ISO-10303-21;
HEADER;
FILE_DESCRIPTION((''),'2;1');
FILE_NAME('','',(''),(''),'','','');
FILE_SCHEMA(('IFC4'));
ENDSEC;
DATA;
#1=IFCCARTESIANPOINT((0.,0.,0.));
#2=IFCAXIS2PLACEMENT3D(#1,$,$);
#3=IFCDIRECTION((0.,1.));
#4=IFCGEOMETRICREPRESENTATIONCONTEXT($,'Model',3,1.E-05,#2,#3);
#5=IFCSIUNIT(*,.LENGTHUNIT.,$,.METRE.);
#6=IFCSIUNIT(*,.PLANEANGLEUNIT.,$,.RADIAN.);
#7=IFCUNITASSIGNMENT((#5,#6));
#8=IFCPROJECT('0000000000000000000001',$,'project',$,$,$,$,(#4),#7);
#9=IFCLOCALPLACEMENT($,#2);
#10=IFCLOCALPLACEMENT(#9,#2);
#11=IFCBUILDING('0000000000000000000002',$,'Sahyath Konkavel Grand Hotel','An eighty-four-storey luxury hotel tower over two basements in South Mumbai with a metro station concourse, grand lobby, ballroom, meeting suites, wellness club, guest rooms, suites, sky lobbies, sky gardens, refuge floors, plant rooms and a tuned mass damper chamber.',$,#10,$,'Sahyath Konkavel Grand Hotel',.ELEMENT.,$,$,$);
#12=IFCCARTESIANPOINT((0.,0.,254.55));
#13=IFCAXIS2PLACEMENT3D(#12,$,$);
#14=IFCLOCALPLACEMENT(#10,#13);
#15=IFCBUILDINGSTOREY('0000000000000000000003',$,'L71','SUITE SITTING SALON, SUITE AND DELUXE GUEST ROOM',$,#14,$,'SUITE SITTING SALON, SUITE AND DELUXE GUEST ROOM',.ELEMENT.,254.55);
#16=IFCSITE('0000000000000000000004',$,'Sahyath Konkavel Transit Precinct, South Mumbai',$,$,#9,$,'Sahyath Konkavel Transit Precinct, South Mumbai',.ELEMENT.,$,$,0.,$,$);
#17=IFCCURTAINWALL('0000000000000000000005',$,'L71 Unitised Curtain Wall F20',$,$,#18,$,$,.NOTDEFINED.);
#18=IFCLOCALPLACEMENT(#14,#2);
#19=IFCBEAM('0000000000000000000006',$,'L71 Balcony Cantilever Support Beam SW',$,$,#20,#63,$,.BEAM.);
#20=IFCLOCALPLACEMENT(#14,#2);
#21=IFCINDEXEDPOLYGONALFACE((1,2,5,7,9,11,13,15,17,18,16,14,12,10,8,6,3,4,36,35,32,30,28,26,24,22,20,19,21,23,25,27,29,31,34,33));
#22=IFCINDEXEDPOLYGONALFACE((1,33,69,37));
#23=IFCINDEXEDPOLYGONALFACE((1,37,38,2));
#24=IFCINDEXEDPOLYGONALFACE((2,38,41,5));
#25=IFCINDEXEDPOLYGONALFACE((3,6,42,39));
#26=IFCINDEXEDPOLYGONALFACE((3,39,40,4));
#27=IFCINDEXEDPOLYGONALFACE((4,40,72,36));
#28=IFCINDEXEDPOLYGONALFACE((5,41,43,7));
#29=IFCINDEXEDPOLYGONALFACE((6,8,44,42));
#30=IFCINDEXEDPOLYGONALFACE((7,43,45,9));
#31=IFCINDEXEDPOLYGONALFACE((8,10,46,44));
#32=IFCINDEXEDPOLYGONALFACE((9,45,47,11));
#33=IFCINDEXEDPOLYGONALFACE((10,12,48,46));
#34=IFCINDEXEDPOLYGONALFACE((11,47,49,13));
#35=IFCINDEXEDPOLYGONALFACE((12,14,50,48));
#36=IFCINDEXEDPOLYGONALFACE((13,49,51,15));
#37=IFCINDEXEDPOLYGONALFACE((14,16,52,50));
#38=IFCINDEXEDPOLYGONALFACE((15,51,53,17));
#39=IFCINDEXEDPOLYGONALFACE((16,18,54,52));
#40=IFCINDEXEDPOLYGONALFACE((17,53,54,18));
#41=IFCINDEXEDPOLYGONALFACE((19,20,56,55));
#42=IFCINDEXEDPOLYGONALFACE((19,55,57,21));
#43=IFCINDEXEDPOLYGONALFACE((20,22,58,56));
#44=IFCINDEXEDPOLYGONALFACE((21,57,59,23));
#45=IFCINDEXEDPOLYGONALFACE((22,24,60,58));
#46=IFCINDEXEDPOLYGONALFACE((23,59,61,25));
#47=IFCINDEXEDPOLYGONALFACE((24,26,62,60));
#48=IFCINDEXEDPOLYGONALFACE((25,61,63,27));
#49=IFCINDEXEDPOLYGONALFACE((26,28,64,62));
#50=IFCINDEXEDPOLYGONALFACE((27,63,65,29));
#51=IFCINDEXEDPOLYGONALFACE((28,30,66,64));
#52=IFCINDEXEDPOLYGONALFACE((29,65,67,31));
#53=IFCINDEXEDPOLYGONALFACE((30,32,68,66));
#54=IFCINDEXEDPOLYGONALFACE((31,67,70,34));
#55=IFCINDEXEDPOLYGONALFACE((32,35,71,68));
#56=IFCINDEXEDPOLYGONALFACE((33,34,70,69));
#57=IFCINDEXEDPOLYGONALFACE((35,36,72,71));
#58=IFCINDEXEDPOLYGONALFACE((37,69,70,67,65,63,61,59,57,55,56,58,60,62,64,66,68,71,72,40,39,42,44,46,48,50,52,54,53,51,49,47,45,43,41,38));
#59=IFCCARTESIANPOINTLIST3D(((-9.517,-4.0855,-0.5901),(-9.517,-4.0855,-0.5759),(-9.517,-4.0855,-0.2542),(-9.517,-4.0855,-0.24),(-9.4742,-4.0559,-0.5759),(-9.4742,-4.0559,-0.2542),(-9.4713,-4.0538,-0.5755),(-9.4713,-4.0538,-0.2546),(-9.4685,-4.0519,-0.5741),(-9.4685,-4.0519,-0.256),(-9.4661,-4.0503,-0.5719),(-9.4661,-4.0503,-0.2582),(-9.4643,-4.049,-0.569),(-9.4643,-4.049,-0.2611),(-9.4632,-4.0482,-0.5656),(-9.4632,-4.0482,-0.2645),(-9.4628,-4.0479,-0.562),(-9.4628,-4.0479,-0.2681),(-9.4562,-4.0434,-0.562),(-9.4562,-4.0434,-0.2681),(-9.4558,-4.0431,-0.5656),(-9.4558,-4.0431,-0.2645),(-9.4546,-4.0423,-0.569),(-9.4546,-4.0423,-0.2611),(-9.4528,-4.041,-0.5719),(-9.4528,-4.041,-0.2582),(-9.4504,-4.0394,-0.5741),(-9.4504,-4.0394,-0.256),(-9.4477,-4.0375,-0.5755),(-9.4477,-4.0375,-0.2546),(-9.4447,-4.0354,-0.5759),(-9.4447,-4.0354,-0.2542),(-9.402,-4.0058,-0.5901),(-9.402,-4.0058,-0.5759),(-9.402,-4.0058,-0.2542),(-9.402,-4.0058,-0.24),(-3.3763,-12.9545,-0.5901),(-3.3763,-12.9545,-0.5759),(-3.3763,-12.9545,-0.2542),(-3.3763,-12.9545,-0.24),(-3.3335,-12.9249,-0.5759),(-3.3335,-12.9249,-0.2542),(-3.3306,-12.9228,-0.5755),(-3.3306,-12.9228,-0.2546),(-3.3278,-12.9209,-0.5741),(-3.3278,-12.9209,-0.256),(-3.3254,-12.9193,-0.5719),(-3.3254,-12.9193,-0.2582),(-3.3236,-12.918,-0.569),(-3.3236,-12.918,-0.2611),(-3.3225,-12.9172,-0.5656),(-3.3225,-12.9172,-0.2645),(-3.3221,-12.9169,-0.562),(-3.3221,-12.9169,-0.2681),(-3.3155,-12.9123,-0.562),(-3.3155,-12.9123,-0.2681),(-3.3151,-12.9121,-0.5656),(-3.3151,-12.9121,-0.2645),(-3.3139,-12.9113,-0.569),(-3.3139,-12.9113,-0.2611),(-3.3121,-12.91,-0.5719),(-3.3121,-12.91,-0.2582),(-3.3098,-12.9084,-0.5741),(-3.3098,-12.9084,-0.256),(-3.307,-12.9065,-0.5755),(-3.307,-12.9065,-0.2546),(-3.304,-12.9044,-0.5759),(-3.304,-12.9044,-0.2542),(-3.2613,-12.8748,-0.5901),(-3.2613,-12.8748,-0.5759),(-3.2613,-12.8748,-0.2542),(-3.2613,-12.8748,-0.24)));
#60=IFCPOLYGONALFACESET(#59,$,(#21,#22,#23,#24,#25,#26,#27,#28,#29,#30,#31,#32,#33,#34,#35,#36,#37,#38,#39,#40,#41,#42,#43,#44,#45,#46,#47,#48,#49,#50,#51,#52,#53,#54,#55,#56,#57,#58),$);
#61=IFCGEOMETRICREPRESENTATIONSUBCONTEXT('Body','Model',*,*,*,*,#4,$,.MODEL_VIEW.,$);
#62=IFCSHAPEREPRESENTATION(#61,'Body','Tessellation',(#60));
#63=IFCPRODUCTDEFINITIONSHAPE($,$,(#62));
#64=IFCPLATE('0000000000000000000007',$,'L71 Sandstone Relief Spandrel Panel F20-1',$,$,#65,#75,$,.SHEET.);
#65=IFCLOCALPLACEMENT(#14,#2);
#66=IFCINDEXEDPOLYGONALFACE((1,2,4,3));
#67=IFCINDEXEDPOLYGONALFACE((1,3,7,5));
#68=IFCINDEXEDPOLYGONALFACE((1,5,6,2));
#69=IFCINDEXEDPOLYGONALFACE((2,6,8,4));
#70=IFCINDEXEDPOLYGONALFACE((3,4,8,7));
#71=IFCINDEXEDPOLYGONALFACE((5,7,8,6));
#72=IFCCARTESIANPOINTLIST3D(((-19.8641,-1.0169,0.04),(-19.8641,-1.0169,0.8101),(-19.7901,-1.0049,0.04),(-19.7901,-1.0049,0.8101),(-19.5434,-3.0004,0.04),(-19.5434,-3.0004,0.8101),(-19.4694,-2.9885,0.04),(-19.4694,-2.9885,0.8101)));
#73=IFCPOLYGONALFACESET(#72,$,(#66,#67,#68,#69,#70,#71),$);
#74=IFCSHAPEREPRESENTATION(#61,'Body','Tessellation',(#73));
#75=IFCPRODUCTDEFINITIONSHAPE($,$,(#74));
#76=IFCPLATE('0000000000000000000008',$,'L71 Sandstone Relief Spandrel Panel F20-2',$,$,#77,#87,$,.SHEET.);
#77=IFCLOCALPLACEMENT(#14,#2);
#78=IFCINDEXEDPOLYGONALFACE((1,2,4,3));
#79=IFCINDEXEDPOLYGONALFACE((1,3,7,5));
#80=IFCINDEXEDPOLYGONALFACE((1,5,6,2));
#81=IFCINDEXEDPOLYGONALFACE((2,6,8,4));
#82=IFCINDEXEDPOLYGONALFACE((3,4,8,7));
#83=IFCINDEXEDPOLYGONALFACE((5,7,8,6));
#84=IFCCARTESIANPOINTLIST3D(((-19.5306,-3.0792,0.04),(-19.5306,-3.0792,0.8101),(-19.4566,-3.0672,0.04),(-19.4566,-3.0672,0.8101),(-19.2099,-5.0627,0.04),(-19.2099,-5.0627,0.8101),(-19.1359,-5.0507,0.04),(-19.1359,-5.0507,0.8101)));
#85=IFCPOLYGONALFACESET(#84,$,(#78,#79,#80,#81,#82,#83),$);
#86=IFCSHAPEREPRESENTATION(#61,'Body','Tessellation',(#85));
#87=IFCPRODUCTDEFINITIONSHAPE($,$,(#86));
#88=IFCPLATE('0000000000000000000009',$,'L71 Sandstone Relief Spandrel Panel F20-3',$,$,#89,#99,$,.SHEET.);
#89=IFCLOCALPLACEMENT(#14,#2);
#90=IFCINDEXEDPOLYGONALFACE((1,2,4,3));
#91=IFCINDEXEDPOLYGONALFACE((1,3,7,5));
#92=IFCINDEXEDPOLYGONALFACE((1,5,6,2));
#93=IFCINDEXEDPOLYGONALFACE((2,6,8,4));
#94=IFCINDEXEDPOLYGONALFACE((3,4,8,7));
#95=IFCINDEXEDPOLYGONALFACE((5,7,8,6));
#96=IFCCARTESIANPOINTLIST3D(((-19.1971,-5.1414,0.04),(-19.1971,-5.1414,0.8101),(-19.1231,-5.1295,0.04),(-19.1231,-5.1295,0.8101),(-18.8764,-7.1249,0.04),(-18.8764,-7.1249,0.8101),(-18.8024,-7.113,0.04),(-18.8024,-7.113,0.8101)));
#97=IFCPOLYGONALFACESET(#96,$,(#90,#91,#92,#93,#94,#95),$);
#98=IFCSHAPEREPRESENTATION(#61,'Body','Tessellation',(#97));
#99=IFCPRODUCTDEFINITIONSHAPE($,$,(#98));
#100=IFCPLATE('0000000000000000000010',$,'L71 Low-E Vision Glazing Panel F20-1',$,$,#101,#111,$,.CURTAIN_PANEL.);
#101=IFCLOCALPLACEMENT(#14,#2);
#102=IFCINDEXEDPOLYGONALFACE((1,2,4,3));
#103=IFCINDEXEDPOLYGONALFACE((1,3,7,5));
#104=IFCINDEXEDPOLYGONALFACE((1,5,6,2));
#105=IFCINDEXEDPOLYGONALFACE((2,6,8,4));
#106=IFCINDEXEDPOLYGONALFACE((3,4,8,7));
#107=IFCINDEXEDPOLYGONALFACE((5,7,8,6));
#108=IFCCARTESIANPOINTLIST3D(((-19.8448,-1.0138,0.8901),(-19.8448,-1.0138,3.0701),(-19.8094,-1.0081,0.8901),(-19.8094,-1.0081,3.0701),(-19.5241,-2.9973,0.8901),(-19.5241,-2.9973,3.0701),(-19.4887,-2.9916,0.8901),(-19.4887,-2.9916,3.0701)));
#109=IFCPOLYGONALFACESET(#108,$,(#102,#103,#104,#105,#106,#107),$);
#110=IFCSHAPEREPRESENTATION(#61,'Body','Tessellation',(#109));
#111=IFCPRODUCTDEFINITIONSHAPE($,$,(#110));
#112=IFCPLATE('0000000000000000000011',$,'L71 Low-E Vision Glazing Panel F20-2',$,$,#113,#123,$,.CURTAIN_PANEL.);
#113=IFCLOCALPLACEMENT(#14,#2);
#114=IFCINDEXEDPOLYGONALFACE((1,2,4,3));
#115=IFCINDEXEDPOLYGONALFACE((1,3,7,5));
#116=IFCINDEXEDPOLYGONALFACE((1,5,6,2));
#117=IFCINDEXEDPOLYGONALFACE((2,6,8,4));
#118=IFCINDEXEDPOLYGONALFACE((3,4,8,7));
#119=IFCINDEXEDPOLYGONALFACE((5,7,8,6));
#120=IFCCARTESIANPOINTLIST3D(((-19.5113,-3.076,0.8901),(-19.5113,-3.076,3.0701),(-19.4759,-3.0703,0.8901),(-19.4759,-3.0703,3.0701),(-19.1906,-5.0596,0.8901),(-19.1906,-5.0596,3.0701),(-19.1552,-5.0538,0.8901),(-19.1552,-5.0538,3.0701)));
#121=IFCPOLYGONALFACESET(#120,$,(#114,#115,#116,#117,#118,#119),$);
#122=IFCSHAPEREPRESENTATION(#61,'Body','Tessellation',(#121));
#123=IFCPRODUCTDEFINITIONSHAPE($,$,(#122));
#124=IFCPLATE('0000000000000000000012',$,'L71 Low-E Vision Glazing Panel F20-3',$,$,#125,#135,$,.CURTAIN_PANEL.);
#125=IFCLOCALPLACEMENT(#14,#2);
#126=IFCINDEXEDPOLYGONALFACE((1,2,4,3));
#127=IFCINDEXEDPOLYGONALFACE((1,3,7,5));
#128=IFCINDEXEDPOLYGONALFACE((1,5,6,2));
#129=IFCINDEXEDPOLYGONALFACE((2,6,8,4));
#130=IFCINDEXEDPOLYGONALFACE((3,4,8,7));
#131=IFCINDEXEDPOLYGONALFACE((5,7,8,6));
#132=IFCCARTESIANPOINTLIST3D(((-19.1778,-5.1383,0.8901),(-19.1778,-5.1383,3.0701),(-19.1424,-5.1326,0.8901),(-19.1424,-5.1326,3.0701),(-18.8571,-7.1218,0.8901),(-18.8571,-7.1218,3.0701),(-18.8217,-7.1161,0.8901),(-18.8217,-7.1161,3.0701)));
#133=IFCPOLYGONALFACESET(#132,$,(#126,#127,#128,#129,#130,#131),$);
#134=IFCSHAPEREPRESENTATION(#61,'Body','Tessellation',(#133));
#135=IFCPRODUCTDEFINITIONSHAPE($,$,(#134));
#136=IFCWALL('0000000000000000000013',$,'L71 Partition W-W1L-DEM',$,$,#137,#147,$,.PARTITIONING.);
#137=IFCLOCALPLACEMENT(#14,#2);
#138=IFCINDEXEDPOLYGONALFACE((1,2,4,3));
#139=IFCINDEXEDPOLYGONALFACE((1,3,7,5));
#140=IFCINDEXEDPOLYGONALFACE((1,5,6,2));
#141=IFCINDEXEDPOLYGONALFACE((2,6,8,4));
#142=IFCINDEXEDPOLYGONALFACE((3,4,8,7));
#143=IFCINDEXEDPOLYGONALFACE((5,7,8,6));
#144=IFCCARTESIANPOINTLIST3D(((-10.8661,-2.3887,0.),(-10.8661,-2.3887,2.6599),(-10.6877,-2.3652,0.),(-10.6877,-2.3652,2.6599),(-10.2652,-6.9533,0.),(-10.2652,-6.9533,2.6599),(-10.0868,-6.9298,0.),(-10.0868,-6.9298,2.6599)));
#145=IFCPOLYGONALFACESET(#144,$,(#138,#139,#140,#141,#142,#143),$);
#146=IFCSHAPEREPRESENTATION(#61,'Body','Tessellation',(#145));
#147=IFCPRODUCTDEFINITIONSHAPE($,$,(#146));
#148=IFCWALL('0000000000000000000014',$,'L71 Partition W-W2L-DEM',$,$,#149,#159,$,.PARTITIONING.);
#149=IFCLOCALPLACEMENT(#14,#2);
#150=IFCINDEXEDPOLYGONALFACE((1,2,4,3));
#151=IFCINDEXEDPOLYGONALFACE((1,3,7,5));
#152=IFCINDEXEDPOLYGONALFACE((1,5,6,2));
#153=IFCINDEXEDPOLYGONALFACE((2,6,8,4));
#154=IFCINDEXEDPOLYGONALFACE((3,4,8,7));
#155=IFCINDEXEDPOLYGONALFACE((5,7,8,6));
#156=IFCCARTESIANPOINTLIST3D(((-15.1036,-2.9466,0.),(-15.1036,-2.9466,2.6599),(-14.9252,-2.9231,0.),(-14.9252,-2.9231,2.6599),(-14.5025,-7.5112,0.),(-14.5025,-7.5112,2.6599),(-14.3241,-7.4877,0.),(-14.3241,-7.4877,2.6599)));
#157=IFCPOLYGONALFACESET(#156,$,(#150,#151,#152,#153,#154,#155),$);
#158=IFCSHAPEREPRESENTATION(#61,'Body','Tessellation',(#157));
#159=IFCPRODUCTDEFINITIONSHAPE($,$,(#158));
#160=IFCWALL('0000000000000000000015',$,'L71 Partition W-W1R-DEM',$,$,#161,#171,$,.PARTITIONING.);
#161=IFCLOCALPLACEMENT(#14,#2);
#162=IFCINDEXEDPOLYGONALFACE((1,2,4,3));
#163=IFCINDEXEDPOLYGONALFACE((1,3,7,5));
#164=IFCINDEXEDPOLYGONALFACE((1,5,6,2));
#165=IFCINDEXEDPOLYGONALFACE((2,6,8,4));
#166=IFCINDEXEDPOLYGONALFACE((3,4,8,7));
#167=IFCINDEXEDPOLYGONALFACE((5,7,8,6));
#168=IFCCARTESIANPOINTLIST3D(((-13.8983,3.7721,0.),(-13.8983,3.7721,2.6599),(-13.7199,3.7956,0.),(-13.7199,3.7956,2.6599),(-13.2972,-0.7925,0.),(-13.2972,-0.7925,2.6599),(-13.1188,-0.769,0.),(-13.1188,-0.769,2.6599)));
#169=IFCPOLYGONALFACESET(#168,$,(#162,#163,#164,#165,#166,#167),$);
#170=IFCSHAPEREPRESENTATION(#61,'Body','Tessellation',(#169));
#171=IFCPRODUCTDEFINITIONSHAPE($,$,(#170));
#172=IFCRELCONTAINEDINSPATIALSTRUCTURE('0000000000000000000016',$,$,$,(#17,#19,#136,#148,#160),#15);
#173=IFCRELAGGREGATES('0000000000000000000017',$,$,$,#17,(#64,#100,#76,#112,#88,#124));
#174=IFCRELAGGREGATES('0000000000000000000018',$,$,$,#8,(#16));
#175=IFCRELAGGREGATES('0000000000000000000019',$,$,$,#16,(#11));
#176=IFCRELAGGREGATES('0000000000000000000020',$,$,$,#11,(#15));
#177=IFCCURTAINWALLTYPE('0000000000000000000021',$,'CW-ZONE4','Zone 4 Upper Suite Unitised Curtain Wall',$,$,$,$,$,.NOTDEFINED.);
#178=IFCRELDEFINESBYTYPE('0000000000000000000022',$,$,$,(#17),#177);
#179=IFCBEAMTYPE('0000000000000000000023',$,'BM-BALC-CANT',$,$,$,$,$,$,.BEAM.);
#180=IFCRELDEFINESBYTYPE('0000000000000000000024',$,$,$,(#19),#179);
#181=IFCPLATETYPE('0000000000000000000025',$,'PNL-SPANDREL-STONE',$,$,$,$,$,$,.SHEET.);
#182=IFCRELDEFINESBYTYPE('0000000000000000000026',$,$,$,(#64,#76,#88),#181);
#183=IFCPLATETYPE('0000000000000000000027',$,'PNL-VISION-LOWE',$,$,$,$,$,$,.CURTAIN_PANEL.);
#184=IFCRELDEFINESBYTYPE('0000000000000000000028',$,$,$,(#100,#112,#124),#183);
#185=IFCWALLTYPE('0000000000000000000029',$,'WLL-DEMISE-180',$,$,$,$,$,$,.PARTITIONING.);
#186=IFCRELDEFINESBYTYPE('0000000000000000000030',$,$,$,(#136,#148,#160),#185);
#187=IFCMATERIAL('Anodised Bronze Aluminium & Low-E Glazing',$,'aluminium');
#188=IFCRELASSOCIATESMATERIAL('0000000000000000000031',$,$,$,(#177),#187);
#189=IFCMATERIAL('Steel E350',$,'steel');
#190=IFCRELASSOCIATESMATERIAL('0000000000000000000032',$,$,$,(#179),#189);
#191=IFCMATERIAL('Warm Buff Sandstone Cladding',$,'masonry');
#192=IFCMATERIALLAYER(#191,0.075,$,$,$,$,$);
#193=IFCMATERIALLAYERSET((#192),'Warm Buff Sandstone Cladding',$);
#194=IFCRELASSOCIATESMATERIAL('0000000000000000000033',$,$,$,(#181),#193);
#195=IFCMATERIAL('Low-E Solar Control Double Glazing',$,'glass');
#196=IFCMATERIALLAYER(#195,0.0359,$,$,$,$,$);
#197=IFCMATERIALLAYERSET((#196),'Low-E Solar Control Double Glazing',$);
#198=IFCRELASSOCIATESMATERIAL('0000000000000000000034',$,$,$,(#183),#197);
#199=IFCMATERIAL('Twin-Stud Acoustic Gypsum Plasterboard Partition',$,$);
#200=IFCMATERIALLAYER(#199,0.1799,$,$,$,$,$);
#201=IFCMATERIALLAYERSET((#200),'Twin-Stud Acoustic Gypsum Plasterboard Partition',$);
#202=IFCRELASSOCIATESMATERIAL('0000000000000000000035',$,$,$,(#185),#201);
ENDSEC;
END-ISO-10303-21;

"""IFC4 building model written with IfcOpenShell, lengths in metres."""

from ifc_helpers import new_model, si_unit, direction, frame, frame_2d, origin, origin_2d, place, context, subcontext, project, spatial, rectangle, i_section, extrude, source, transform, mapped, material, layer, layer_set, material_profile, profile_set, type_object, element, aggregate, save


model = new_model("IFC4")

# Units and contexts
model_context = context("Model", 3, precision=1e-05, world=origin(), true_north=direction((0.0, 1.0)))
body_context = subcontext(model_context, "Body", "Model", "MODEL_VIEW")
ifc_project = project(units=[si_unit("LENGTHUNIT", "METRE"), si_unit("PLANEANGLEUNIT", "RADIAN")], contexts=[model_context])

# Site, building, storey
site_placement = place(None, origin())
site = spatial("IfcSite", under=ifc_project, at=site_placement, Name="Sahyath Konkavel Transit Precinct, South Mumbai", LongName="Sahyath Konkavel Transit Precinct, South Mumbai", CompositionType="ELEMENT", RefElevation=0.0)
building_placement = place(site_placement, origin())
building = spatial("IfcBuilding", under=site, at=building_placement, Name="Sahyath Konkavel Grand Hotel", Description="An eighty-four-storey luxury hotel tower over two basements in South Mumbai with a metro station concourse, grand lobby, ballroom, meeting suites, wellness club, guest rooms, suites, sky lobbies, sky gardens, refuge floors, plant rooms and a tuned mass damper chamber.", LongName="Sahyath Konkavel Grand Hotel", CompositionType="ELEMENT")
storey_placement = place(building_placement, frame((0.0, 0.0, 254.55)))
storey = spatial("IfcBuildingStorey", under=building, at=storey_placement, Name="L71", Description="SUITE SITTING SALON, SUITE AND DELUXE GUEST ROOM", LongName="SUITE SITTING SALON, SUITE AND DELUXE GUEST ROOM", CompositionType="ELEMENT", Elevation=254.55)

# Curtain wall
ifc_material_1 = material(Name="Anodised Bronze Aluminium & Low-E Glazing", Category="aluminium")
curtain_wall_type = type_object("IfcCurtainWallType", Name="CW-ZONE4", Description="Zone 4 Upper Suite Unitised Curtain Wall", PredefinedType="NOTDEFINED", material=ifc_material_1)
curtain_wall_1_placement = place(storey_placement, origin())
curtain_wall_1 = element("IfcCurtainWall", 1, at=curtain_wall_1_placement, inside=storey, type_object=curtain_wall_type, Name="L71 Unitised Curtain Wall F20", PredefinedType="NOTDEFINED")

# Beam
ifc_material_2 = material(Name="Steel E350", Category="steel")
ifc_material_profile_1 = material_profile(ifc_material_2, i_section(OverallWidth=0.1399, OverallDepth=0.3501, WebThickness=0.0081, FlangeThickness=0.0142, FilletRadius=0.0139, at=origin_2d()), Name="ISMB 350")
ifc_profile_set_1 = profile_set([ifc_material_profile_1], Name="Steel E350")
beam_type = type_object("IfcBeamType", Name="BM-BALC-CANT", PredefinedType="BEAM", material=ifc_profile_set_1)
shared_shape_1 = source(origin(), body_context, "Body", "SweptSolid", [
    extrude(i_section(OverallWidth=0.1399, OverallDepth=0.3501, WebThickness=0.0081, FlangeThickness=0.0142, FilletRadius=0.0139, at=origin_2d()), origin(), (0.0, 0.0, 1.0), 10.7874),
])
beam_placement = place(storey_placement, frame((-9.4595, -4.0457, -0.415), z_axis=(0.569249, -0.822165, 0.0), x_axis=(0.822165, 0.569249, 0.0)))
element("IfcBeam", 2, at=beam_placement, inside=storey, type_object=beam_type, Name="L71 Balcony Cantilever Support Beam SW", PredefinedType="BEAM", context=body_context, shape_type="MappedRepresentation", body=[
    mapped(shared_shape_1, transform((0.0, 0.0, 0.0), scale=1.0)),
])

# Plates
ifc_material_3 = material(Name="Warm Buff Sandstone Cladding", Category="masonry")
ifc_layer_1 = layer(ifc_material_3, 0.075)
ifc_layer_set_1 = layer_set([ifc_layer_1], Name="Warm Buff Sandstone Cladding")
plate_type_1 = type_object("IfcPlateType", Name="PNL-SPANDREL-STONE", PredefinedType="SHEET", material=ifc_layer_set_1)
shared_shape_2 = source(origin(), body_context, "Body", "SweptSolid", [
    extrude(rectangle(XDim=2.0093, YDim=0.075, at=origin_2d()), origin(), (0.0, 0.0, 1.0), 0.77),
])
plate_1_placement = place(storey_placement, frame((-19.6667, -2.0027, 0.04), z_axis=(0.0, 0.0, 1.0), x_axis=(0.159606, -0.987181, 0.0)))
plate_1 = element("IfcPlate", 3, at=plate_1_placement, type_object=plate_type_1, Name="L71 Sandstone Relief Spandrel Panel F20-1", PredefinedType="SHEET", context=body_context, shape_type="MappedRepresentation", body=[
    mapped(shared_shape_2, transform((0.0, 0.0, 0.0), scale=1.0)),
])
plate_2_placement = place(storey_placement, frame((-19.3333, -4.0649, 0.04), z_axis=(0.0, 0.0, 1.0), x_axis=(0.159606, -0.987181, 0.0)))
plate_2 = element("IfcPlate", 4, at=plate_2_placement, type_object=plate_type_1, Name="L71 Sandstone Relief Spandrel Panel F20-2", PredefinedType="SHEET", context=body_context, shape_type="MappedRepresentation", body=[
    mapped(shared_shape_2, transform((0.0, 0.0, 0.0), scale=1.0)),
])
plate_3_placement = place(storey_placement, frame((-18.9998, -6.1272, 0.04), z_axis=(0.0, 0.0, 1.0), x_axis=(0.159606, -0.987181, 0.0)))
plate_3 = element("IfcPlate", 5, at=plate_3_placement, type_object=plate_type_1, Name="L71 Sandstone Relief Spandrel Panel F20-3", PredefinedType="SHEET", context=body_context, shape_type="MappedRepresentation", body=[
    mapped(shared_shape_2, transform((0.0, 0.0, 0.0), scale=1.0)),
])
ifc_material_4 = material(Name="Low-E Solar Control Double Glazing", Category="glass")
ifc_layer_2 = layer(ifc_material_4, 0.0359)
ifc_layer_set_2 = layer_set([ifc_layer_2], Name="Low-E Solar Control Double Glazing")
plate_type_2 = type_object("IfcPlateType", Name="PNL-VISION-LOWE", PredefinedType="CURTAIN_PANEL", material=ifc_layer_set_2)
shared_shape_3 = source(origin(), body_context, "Body", "SweptSolid", [
    extrude(rectangle(XDim=2.0093, YDim=0.0359, at=origin_2d()), origin(), (0.0, 0.0, 1.0), 2.1799),
])
plate_4_placement = place(storey_placement, frame((-19.6667, -2.0027, 0.8901), z_axis=(0.0, 0.0, 1.0), x_axis=(0.159606, -0.987181, 0.0)))
plate_4 = element("IfcPlate", 6, at=plate_4_placement, type_object=plate_type_2, Name="L71 Low-E Vision Glazing Panel F20-1", PredefinedType="CURTAIN_PANEL", context=body_context, shape_type="MappedRepresentation", body=[
    mapped(shared_shape_3, transform((0.0, 0.0, 0.0), scale=1.0)),
])
plate_5_placement = place(storey_placement, frame((-19.3333, -4.0649, 0.8901), z_axis=(0.0, 0.0, 1.0), x_axis=(0.159606, -0.987181, 0.0)))
plate_5 = element("IfcPlate", 7, at=plate_5_placement, type_object=plate_type_2, Name="L71 Low-E Vision Glazing Panel F20-2", PredefinedType="CURTAIN_PANEL", context=body_context, shape_type="MappedRepresentation", body=[
    mapped(shared_shape_3, transform((0.0, 0.0, 0.0), scale=1.0)),
])
plate_6_placement = place(storey_placement, frame((-18.9998, -6.1272, 0.8901), z_axis=(0.0, 0.0, 1.0), x_axis=(0.159606, -0.987181, 0.0)))
plate_6 = element("IfcPlate", 8, at=plate_6_placement, type_object=plate_type_2, Name="L71 Low-E Vision Glazing Panel F20-3", PredefinedType="CURTAIN_PANEL", context=body_context, shape_type="MappedRepresentation", body=[
    mapped(shared_shape_3, transform((0.0, 0.0, 0.0), scale=1.0)),
])
aggregate(curtain_wall_1, [plate_1, plate_4, plate_2, plate_5, plate_3, plate_6])

# Walls
ifc_material_5 = material(Name="Twin-Stud Acoustic Gypsum Plasterboard Partition")
ifc_layer_3 = layer(ifc_material_5, 0.1799)
ifc_layer_set_3 = layer_set([ifc_layer_3], Name="Twin-Stud Acoustic Gypsum Plasterboard Partition")
wall_type_1 = type_object("IfcWallType", Name="WLL-DEMISE-180", PredefinedType="PARTITIONING", material=ifc_layer_set_3)
for number, where, z_axis, x_axis, name in (
    (9, (-10.7769, -2.377, 0.0), (0.0, 0.0, 1.0), (0.1305, -0.991448, 0.0), "L71 Partition W-W1L-DEM"),
    (10, (-15.0144, -2.9348, 0.0), (0.0, 0.0, 1.0), (0.130552, -0.991441, 0.0), "L71 Partition W-W2L-DEM"),
    (11, (-13.208, -0.7808, 0.0), (0.0, 0.0, 1.0), (-0.130552, 0.991441, 0.0), "L71 Partition W-W1R-DEM"),
):
    element("IfcWall", number, at=place(storey_placement, frame(where, z_axis=z_axis, x_axis=x_axis)), inside=storey, type_object=wall_type_1, Name=name, PredefinedType="PARTITIONING", context=body_context, shape_type="SweptSolid", body=[
        extrude(rectangle(XDim=4.604, YDim=0.1799, at=frame_2d((2.302, 0.0))), origin(), (0.0, 0.0, 1.0), 2.6599),
    ])

save(model, "model.ifc")
